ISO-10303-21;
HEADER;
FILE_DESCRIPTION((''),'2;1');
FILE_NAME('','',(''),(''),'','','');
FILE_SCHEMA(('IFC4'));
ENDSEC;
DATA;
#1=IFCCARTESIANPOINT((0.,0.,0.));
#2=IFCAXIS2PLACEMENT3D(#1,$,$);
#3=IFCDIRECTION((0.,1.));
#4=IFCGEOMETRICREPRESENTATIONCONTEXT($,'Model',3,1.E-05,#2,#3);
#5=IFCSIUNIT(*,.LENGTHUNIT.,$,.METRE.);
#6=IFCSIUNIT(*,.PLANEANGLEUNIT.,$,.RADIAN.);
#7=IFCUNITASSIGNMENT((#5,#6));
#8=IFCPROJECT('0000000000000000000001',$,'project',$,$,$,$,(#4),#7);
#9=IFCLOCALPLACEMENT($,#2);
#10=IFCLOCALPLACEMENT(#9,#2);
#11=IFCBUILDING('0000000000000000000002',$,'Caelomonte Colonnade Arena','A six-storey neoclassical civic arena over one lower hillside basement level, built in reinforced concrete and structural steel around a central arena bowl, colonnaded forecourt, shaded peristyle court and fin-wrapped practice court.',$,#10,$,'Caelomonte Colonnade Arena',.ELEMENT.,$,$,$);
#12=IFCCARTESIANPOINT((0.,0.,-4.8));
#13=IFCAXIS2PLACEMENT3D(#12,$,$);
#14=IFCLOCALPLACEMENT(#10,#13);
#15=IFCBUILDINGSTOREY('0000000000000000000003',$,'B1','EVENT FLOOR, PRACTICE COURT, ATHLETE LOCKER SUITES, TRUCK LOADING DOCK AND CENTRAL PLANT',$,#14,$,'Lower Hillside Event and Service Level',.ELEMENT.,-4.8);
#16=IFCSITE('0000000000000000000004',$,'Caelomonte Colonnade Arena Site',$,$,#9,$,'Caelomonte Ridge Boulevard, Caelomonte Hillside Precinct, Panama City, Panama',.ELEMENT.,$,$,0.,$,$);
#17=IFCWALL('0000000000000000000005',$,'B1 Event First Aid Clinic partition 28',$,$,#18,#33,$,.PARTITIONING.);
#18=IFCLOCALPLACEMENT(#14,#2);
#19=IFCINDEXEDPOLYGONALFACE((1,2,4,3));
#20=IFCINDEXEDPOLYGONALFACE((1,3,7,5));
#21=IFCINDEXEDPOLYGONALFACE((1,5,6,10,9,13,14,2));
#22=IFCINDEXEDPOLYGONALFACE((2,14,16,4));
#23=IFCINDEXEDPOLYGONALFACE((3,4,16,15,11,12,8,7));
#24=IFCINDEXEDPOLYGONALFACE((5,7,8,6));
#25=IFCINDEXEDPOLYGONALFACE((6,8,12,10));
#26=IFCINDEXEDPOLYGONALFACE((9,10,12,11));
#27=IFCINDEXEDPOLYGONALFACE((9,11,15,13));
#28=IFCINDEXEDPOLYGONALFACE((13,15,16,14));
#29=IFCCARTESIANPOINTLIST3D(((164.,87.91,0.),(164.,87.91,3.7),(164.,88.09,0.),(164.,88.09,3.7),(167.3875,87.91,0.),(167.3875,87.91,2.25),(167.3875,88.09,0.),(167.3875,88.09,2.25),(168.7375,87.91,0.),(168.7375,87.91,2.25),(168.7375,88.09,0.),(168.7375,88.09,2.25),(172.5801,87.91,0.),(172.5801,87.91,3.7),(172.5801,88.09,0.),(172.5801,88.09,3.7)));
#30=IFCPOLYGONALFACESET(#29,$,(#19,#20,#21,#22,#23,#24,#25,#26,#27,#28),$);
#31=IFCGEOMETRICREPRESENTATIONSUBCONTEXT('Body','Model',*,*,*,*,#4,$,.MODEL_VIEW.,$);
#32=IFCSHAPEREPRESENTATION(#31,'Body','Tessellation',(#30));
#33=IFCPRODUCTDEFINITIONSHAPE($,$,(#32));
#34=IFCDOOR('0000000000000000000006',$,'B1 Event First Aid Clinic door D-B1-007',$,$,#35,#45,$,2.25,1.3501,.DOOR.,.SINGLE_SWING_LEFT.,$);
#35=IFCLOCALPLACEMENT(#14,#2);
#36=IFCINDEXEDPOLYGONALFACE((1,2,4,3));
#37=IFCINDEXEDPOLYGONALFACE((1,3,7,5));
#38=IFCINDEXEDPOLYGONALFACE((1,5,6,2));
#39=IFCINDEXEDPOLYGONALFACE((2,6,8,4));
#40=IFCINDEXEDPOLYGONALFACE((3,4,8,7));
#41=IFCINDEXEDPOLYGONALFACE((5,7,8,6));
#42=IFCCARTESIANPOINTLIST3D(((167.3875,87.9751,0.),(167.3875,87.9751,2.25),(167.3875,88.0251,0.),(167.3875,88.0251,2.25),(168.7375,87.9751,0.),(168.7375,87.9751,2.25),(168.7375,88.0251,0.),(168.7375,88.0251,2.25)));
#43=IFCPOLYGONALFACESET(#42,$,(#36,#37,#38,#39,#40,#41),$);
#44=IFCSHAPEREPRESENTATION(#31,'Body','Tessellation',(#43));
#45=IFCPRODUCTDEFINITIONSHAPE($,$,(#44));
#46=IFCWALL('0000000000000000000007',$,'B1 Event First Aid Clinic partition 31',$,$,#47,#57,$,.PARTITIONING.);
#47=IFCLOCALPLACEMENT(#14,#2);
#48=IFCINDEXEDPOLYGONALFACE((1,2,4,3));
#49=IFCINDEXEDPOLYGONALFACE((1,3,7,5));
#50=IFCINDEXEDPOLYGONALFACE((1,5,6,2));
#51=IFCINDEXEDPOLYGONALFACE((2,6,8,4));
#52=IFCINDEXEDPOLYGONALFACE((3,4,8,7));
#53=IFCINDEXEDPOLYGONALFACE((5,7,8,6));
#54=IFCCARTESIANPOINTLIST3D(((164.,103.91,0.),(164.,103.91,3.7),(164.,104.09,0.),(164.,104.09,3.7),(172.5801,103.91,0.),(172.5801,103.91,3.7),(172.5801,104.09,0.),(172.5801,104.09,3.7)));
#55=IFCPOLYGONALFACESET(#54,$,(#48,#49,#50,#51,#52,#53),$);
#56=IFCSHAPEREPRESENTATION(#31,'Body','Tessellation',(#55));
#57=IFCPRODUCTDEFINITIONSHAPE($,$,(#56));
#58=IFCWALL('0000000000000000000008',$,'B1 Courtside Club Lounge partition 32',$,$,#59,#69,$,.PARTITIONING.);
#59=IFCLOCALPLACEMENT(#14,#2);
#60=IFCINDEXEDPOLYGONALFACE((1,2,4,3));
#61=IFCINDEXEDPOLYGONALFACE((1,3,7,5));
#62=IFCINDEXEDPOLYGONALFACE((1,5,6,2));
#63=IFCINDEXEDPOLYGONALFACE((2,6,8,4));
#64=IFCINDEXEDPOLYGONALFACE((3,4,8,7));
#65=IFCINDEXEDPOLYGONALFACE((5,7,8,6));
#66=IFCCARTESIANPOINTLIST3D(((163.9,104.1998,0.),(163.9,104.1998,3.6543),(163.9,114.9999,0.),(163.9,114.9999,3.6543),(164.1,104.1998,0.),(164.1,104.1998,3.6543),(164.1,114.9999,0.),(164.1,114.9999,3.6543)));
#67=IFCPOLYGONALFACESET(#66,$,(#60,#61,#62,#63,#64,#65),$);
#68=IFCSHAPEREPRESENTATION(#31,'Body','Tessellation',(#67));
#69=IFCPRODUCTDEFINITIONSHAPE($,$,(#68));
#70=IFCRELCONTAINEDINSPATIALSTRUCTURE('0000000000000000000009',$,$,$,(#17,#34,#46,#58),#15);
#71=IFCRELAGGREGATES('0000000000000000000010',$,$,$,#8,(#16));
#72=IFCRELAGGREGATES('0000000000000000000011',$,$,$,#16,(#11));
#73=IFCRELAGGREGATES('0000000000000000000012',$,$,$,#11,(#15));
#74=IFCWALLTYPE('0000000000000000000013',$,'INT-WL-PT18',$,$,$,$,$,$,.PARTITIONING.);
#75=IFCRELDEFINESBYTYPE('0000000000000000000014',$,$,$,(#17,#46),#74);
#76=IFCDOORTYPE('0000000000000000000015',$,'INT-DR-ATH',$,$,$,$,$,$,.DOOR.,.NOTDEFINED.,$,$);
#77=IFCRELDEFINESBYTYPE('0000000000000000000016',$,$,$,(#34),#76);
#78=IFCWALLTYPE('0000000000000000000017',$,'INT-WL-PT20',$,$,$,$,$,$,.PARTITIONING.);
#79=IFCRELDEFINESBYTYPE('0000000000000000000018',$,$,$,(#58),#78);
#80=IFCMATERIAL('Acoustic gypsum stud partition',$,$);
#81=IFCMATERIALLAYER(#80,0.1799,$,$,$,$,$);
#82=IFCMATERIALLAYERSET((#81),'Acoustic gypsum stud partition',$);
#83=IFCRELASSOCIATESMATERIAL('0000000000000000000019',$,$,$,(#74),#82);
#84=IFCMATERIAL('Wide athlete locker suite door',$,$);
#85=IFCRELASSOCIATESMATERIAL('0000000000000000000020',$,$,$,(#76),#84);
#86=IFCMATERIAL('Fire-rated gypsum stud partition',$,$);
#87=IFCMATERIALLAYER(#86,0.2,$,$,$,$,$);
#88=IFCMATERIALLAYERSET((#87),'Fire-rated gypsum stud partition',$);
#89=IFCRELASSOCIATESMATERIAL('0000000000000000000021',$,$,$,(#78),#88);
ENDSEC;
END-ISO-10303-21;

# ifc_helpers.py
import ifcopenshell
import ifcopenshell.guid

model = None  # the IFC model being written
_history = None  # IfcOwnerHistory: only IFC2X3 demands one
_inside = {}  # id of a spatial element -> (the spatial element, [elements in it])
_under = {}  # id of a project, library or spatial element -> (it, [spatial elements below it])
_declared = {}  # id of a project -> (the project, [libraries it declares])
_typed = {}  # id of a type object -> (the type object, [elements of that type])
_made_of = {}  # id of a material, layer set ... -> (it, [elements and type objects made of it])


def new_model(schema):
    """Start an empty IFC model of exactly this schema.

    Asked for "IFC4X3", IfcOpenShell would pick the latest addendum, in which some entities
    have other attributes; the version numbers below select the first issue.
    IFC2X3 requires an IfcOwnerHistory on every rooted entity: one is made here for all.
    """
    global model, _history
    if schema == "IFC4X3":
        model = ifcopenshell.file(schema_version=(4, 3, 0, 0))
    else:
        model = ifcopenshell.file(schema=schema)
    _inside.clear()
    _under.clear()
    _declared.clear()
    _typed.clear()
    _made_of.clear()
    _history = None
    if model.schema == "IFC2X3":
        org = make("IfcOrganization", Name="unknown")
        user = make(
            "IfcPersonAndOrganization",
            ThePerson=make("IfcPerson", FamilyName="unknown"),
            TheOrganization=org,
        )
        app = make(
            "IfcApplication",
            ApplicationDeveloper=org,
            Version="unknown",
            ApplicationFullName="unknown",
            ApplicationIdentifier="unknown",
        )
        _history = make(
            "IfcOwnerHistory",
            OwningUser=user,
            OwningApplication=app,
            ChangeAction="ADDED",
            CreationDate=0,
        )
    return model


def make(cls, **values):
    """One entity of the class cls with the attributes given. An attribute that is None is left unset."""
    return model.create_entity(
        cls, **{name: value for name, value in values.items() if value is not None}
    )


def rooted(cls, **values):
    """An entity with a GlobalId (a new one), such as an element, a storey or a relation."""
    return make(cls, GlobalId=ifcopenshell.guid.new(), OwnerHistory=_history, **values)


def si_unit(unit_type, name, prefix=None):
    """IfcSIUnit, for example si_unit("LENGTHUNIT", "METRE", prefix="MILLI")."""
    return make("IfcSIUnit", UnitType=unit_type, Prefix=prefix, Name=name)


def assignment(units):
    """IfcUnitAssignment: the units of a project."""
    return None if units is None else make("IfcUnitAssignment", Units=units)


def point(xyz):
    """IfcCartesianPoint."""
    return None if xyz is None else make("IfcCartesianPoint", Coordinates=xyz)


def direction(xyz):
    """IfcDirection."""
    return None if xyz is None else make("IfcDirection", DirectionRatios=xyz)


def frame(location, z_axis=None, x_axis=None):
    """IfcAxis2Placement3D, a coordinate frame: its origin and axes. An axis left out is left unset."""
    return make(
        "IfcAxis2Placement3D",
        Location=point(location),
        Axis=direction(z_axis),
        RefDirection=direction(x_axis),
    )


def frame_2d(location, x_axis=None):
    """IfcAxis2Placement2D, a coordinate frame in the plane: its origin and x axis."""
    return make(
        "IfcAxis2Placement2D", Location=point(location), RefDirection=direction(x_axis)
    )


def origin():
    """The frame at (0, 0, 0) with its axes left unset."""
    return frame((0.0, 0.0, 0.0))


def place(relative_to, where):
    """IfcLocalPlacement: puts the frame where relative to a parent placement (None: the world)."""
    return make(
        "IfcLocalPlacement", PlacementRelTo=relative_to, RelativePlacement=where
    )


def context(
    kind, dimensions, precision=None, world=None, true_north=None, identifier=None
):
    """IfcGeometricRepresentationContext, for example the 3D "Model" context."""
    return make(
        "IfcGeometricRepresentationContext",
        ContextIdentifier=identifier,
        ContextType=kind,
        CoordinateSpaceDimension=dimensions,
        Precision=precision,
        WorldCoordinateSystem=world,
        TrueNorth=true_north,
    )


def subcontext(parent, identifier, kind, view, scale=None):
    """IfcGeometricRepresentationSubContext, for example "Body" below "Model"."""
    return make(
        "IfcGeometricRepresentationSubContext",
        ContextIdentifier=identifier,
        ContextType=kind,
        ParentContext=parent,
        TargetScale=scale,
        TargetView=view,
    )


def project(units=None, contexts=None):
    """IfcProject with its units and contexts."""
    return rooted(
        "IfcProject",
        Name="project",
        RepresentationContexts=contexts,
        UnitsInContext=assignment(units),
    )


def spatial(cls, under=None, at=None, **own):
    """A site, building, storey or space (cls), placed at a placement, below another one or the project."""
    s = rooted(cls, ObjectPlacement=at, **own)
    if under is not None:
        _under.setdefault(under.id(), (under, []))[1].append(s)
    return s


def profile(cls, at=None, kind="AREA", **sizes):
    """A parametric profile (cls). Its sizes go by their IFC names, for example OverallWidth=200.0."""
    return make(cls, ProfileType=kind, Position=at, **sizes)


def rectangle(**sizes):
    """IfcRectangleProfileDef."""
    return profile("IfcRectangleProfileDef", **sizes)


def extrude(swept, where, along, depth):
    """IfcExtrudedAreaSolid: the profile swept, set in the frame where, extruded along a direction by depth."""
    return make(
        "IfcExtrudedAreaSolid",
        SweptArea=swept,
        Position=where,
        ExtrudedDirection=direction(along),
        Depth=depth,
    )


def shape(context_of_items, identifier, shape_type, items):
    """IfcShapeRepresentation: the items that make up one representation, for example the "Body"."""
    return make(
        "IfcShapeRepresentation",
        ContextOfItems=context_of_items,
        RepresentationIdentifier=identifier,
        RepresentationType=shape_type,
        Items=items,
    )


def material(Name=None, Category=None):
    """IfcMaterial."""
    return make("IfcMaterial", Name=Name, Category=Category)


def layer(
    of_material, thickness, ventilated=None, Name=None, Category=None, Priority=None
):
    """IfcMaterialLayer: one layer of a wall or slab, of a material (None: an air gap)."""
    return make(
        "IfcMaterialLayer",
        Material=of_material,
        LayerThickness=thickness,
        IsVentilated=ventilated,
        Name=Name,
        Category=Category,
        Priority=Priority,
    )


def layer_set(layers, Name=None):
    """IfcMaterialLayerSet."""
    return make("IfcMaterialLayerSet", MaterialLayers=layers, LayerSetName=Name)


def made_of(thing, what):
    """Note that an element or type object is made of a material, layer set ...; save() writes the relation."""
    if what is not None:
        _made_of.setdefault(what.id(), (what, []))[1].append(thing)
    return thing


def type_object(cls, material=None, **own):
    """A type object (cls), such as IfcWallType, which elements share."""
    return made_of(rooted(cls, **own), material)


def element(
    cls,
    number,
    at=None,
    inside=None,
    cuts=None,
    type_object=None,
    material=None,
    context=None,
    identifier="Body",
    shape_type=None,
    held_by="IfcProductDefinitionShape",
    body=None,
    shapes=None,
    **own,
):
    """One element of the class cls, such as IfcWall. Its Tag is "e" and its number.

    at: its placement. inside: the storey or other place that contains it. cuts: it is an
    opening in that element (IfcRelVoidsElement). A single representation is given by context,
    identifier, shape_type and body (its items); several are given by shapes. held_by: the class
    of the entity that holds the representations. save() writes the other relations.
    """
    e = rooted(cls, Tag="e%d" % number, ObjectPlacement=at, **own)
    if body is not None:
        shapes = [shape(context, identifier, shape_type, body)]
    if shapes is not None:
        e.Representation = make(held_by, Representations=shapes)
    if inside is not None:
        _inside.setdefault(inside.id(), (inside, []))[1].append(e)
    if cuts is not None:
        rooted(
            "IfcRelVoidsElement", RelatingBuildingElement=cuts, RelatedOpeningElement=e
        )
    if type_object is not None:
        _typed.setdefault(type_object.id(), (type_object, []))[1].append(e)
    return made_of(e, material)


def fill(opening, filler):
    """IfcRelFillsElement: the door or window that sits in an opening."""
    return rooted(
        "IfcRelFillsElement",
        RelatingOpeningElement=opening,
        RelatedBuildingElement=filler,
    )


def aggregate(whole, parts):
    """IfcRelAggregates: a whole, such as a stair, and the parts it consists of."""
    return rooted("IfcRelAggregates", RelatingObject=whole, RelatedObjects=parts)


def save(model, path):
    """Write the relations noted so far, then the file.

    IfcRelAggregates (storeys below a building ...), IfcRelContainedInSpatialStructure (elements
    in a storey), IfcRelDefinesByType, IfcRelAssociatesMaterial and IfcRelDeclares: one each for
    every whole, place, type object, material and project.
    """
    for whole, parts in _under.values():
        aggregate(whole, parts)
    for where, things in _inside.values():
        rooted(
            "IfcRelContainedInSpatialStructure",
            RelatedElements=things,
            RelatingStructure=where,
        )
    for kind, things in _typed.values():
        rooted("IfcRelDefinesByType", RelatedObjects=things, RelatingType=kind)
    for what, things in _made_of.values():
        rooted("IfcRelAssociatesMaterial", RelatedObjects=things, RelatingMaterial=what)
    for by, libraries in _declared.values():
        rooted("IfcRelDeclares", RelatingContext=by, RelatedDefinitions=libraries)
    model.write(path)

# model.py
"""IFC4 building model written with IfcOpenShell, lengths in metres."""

from ifc_helpers import new_model, si_unit, direction, frame, frame_2d, origin, place, context, subcontext, project, spatial, rectangle, extrude, material, layer, layer_set, type_object, element, fill, save


model = new_model("IFC4")

# Units and contexts
model_context = context("Model", 3, precision=1e-05, world=origin(), true_north=direction((0.0, 1.0)))
body_context = subcontext(model_context, "Body", "Model", "MODEL_VIEW")
ifc_project = project(units=[si_unit("LENGTHUNIT", "METRE"), si_unit("PLANEANGLEUNIT", "RADIAN")], contexts=[model_context])

# Site, building, storey
site_placement = place(None, origin())
site = spatial("IfcSite", under=ifc_project, at=site_placement, Name="Caelomonte Colonnade Arena Site", LongName="Caelomonte Ridge Boulevard, Caelomonte Hillside Precinct, Panama City, Panama", CompositionType="ELEMENT", RefElevation=0.0)
building_placement = place(site_placement, origin())
building = spatial("IfcBuilding", under=site, at=building_placement, Name="Caelomonte Colonnade Arena", Description="A six-storey neoclassical civic arena over one lower hillside basement level, built in reinforced concrete and structural steel around a central arena bowl, colonnaded forecourt, shaded peristyle court and fin-wrapped practice court.", LongName="Caelomonte Colonnade Arena", CompositionType="ELEMENT")
storey_placement = place(building_placement, frame((0.0, 0.0, -4.8)))
storey = spatial("IfcBuildingStorey", under=building, at=storey_placement, Name="B1", Description="EVENT FLOOR, PRACTICE COURT, ATHLETE LOCKER SUITES, TRUCK LOADING DOCK AND CENTRAL PLANT", LongName="Lower Hillside Event and Service Level", CompositionType="ELEMENT", Elevation=-4.8)

# Wall, opening, door
ifc_material_1 = material(Name="Acoustic gypsum stud partition")
ifc_layer_1 = layer(ifc_material_1, 0.1799)
ifc_layer_set_1 = layer_set([ifc_layer_1], Name="Acoustic gypsum stud partition")
wall_type_1 = type_object("IfcWallType", Name="INT-WL-PT18", PredefinedType="PARTITIONING", material=ifc_layer_set_1)
wall_1_placement = place(storey_placement, frame((172.5801, 88.0, 0.0), z_axis=(0.0, 0.0, 1.0), x_axis=(-1.0, 0.0, 0.0)))
wall_1 = element("IfcWall", 1, at=wall_1_placement, inside=storey, type_object=wall_type_1, Name="B1 Event First Aid Clinic partition 28", PredefinedType="PARTITIONING", context=body_context, shape_type="SweptSolid", body=[
    extrude(rectangle(XDim=8.5801, YDim=0.1799, at=frame_2d((4.29, 0.0))), origin(), (0.0, 0.0, 1.0), 3.7),
])
opening_placement = place(wall_1_placement, frame((3.8425, 0.0, 0.0), z_axis=(0.0, 0.0, 1.0), x_axis=(1.0, 0.0, 0.0)))
opening = element("IfcOpeningElement", 2, at=opening_placement, cuts=wall_1, PredefinedType="OPENING", context=body_context, shape_type="SweptSolid", body=[
    extrude(rectangle(XDim=1.3501, YDim=2.25, at=frame_2d((0.675, 1.125))), frame((0.0, 0.0999, 0.0), z_axis=(0.0, -1.0, 0.0), x_axis=(1.0, 0.0, 0.0)), (0.0, 0.0, 1.0), 0.2),
])
ifc_material_2 = material(Name="Wide athlete locker suite door")
door_type = type_object("IfcDoorType", Name="INT-DR-ATH", OperationType="NOTDEFINED", PredefinedType="DOOR", material=ifc_material_2)
door_placement = place(opening_placement, origin())
door = element("IfcDoor", 3, at=door_placement, inside=storey, type_object=door_type, Name="B1 Event First Aid Clinic door D-B1-007", OperationType="SINGLE_SWING_LEFT", OverallHeight=2.25, OverallWidth=1.3501, PredefinedType="DOOR", context=body_context, shape_type="SweptSolid", body=[
    extrude(rectangle(XDim=1.3501, YDim=2.25, at=frame_2d((0.675, 1.125))), frame((0.0, 0.0249, 0.0), z_axis=(0.0, -1.0, 0.0), x_axis=(1.0, 0.0, 0.0)), (0.0, 0.0, 1.0), 0.05),
])
fill(opening, door)

# Walls
wall_2_placement = place(storey_placement, frame((164.0, 104.0, 0.0), z_axis=(0.0, 0.0, 1.0), x_axis=(1.0, 0.0, 0.0)))
element("IfcWall", 4, at=wall_2_placement, inside=storey, type_object=wall_type_1, Name="B1 Event First Aid Clinic partition 31", PredefinedType="PARTITIONING", context=body_context, shape_type="SweptSolid", body=[
    extrude(rectangle(XDim=8.5801, YDim=0.1799, at=frame_2d((4.29, 0.0))), origin(), (0.0, 0.0, 1.0), 3.7),
])
ifc_material_3 = material(Name="Fire-rated gypsum stud partition")
ifc_layer_2 = layer(ifc_material_3, 0.2)
ifc_layer_set_2 = layer_set([ifc_layer_2], Name="Fire-rated gypsum stud partition")
wall_type_2 = type_object("IfcWallType", Name="INT-WL-PT20", PredefinedType="PARTITIONING", material=ifc_layer_set_2)
wall_3_placement = place(storey_placement, frame((164.0, 104.2, 0.0), z_axis=(0.0, 0.0, 1.0), x_axis=(0.0, 1.0, 0.0)))
element("IfcWall", 5, at=wall_3_placement, inside=storey, type_object=wall_type_2, Name="B1 Courtside Club Lounge partition 32", PredefinedType="PARTITIONING", context=body_context, shape_type="SweptSolid", body=[
    extrude(rectangle(XDim=10.8, YDim=0.2, at=frame_2d((5.3999, 0.0))), origin(), (0.0, 0.0, 1.0), 3.6543),
])

save(model, "model.ifc")
